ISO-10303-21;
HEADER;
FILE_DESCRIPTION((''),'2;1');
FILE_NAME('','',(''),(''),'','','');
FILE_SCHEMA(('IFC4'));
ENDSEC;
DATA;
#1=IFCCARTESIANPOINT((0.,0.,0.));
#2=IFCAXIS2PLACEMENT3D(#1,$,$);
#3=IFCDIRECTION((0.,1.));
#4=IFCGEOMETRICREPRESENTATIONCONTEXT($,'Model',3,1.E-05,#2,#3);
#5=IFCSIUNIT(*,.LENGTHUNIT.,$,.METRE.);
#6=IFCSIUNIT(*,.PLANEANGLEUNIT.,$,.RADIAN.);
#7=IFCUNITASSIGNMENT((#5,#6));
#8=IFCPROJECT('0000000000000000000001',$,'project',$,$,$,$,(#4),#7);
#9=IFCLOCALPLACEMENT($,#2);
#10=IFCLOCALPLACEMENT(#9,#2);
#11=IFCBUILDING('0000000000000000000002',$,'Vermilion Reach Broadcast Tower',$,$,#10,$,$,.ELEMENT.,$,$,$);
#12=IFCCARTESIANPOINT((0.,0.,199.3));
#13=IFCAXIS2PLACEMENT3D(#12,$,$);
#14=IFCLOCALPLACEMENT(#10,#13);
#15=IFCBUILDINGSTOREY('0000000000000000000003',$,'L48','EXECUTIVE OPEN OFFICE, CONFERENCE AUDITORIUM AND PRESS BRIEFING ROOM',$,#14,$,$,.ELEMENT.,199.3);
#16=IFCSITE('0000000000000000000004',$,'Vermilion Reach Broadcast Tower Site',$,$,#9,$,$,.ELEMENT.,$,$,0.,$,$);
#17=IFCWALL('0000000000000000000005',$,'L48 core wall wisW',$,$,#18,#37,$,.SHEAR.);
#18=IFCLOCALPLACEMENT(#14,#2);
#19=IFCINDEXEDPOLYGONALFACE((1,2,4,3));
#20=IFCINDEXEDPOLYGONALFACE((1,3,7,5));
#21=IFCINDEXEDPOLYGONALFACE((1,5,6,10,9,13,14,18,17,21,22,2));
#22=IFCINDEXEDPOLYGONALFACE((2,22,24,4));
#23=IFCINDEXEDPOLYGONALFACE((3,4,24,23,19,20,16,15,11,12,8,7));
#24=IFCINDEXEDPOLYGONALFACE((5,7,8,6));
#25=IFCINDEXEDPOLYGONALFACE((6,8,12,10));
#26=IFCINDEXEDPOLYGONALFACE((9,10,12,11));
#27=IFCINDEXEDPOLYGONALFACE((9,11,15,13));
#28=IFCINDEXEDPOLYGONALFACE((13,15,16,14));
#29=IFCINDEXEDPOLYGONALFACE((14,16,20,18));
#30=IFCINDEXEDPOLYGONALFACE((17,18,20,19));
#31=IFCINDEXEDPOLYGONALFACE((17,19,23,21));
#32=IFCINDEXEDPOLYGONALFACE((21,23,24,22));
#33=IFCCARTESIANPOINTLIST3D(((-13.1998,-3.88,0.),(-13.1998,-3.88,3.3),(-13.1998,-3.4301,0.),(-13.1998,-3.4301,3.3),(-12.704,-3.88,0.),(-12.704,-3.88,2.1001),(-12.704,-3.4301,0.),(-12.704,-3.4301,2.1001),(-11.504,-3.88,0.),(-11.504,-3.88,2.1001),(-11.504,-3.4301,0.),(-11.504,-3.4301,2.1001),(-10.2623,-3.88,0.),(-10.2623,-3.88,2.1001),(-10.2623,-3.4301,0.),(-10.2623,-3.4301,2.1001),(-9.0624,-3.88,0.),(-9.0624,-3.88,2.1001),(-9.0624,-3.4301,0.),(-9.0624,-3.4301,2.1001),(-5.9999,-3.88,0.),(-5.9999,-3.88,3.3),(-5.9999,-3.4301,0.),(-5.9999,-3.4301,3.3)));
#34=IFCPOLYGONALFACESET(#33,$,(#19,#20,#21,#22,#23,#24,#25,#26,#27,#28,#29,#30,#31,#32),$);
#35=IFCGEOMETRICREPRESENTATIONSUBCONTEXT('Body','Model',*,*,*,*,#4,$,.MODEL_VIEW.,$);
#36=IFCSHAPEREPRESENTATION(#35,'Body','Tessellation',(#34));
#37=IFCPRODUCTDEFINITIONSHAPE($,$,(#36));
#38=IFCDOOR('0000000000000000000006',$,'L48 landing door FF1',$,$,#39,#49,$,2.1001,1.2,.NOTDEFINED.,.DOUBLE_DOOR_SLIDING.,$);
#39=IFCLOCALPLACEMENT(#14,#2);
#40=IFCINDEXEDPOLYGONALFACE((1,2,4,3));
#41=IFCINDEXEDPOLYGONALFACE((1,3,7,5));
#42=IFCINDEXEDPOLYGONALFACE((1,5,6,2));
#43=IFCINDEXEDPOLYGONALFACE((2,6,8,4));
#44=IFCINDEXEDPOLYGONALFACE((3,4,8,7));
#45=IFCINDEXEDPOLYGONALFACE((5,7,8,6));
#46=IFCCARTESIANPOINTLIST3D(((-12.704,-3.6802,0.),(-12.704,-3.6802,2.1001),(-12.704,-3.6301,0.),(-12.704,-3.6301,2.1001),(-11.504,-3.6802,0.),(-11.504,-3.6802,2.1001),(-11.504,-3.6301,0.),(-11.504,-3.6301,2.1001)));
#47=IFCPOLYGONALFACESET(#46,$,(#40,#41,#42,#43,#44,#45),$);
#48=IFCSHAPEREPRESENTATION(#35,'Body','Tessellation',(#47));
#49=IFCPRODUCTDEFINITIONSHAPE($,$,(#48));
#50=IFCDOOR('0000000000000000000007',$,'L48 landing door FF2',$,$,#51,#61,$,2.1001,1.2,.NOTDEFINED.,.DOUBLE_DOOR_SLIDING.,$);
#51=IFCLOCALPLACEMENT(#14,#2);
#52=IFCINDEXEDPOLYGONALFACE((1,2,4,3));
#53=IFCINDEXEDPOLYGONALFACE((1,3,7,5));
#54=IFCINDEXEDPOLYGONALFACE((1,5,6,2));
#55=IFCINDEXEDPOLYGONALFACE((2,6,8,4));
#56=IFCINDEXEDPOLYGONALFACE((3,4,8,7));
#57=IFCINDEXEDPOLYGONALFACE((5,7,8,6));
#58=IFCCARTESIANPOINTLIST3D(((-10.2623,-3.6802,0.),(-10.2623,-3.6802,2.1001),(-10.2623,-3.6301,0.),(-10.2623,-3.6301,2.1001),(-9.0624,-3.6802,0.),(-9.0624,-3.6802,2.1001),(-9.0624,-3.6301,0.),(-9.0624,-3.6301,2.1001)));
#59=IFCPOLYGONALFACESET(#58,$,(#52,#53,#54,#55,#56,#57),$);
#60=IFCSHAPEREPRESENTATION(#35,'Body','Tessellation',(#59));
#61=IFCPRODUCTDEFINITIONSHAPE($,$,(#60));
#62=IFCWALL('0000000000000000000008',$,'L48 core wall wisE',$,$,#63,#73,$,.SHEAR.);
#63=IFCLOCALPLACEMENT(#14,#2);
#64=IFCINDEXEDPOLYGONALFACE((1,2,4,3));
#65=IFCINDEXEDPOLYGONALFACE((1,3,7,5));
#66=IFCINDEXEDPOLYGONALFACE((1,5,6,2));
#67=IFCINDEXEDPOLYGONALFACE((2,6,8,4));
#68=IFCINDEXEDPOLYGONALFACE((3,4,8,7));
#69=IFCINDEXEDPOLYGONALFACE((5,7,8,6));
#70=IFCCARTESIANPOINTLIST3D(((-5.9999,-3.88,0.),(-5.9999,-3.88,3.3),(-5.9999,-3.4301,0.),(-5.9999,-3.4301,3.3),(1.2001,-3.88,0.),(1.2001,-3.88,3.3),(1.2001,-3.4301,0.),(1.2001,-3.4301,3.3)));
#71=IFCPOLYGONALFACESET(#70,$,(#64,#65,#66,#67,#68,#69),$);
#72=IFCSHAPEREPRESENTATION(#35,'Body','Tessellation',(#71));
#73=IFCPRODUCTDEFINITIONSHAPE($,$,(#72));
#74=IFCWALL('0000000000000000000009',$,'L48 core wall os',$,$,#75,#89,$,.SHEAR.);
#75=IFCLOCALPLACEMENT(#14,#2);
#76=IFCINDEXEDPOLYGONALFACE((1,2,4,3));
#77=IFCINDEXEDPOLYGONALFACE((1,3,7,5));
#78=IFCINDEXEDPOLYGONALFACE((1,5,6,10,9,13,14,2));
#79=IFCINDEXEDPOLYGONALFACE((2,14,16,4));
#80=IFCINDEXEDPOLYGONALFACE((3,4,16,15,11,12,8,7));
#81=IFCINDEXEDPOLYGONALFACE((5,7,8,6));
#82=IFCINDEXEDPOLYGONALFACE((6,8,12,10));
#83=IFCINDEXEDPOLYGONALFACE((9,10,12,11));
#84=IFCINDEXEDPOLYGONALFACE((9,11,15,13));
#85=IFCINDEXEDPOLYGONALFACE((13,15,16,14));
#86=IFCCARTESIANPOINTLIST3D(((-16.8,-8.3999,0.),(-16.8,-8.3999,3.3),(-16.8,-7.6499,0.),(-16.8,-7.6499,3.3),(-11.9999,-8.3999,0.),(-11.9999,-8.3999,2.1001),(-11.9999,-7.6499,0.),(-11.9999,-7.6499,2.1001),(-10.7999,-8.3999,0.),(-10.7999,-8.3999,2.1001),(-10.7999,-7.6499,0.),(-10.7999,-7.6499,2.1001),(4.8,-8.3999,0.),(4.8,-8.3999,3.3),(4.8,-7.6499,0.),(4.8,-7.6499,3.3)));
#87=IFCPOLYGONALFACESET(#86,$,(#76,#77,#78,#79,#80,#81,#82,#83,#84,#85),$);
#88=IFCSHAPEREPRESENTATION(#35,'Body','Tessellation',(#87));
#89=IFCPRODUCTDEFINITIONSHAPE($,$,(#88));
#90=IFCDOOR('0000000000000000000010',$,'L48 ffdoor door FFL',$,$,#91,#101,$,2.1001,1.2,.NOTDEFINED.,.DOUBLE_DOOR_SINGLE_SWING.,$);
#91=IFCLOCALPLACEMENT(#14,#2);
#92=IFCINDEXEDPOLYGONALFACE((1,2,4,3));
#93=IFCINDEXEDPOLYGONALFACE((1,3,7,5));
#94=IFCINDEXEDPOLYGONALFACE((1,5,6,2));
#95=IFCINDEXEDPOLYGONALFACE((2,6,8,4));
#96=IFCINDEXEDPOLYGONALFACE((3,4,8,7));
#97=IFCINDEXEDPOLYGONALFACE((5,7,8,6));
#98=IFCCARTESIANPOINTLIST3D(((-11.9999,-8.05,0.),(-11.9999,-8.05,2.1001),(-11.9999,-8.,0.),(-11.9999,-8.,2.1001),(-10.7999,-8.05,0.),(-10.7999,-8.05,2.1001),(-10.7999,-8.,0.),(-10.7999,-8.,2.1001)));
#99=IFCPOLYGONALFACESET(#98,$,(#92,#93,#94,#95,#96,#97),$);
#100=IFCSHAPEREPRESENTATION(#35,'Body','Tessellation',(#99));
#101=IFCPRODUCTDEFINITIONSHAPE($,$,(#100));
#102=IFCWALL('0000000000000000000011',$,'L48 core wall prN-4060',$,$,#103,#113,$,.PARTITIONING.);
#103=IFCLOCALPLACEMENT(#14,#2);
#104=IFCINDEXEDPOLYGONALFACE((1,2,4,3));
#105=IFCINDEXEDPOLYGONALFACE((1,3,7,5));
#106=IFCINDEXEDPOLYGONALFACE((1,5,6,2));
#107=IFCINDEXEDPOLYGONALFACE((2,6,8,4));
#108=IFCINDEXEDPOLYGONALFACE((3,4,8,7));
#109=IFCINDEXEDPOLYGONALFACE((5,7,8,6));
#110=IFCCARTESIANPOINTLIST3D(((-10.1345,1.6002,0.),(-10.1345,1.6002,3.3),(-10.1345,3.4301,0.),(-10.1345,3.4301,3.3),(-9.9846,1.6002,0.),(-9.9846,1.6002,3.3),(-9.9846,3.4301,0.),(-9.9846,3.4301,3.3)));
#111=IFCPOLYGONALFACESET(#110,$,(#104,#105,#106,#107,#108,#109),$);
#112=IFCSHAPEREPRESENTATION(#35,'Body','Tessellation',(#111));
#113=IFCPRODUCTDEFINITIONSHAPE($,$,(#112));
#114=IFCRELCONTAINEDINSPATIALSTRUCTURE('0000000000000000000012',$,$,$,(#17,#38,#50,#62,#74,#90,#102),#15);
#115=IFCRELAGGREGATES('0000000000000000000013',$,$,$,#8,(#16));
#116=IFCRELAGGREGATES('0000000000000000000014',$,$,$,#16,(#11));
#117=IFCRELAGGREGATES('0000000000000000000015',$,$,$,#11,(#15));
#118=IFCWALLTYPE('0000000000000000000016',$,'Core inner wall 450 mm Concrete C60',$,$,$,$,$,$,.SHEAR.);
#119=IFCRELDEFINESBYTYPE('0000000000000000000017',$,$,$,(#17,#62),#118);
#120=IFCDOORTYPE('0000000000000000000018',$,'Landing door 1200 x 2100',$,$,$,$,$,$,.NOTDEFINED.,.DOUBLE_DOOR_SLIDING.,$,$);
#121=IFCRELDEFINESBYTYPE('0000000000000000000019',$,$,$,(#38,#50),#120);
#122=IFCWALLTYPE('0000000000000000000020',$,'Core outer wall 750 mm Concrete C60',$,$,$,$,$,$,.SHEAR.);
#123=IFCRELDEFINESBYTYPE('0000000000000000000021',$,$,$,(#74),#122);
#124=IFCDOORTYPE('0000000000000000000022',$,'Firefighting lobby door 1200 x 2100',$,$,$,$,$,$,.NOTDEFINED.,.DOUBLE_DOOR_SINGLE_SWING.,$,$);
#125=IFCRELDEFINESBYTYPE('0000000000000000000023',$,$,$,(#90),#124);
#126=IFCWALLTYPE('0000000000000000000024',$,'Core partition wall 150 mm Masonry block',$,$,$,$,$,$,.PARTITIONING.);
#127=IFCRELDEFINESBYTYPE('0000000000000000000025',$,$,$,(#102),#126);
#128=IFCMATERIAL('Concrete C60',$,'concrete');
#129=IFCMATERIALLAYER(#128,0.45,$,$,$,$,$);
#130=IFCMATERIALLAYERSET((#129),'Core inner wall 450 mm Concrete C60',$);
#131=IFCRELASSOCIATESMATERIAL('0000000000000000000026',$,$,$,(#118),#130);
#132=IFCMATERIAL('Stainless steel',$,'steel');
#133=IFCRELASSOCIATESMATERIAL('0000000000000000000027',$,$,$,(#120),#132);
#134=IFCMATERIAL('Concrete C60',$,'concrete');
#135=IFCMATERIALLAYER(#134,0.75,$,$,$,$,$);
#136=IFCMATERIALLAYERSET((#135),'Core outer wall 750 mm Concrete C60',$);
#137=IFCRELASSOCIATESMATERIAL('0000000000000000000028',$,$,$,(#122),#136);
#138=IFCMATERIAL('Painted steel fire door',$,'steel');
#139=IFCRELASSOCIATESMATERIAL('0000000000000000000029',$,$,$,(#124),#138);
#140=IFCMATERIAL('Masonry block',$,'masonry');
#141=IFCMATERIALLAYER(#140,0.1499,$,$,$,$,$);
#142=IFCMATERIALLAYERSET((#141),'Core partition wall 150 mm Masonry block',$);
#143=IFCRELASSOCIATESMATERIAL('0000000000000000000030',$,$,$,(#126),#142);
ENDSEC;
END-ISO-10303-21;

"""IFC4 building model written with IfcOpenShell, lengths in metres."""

from ifc_helpers import new_model, si_unit, direction, frame, frame_2d, origin, place, context, subcontext, project, spatial, rectangle, extrude, material, layer, layer_set, type_object, element, fill, save


model = new_model("IFC4")

# Units and contexts
model_context = context("Model", 3, precision=1e-05, world=origin(), true_north=direction((0.0, 1.0)))
body_context = subcontext(model_context, "Body", "Model", "MODEL_VIEW")
ifc_project = project(units=[si_unit("LENGTHUNIT", "METRE"), si_unit("PLANEANGLEUNIT", "RADIAN")], contexts=[model_context])

# Site, building, storey
site_placement = place(None, origin())
site = spatial("IfcSite", under=ifc_project, at=site_placement, Name="Vermilion Reach Broadcast Tower Site", CompositionType="ELEMENT", RefElevation=0.0)
building_placement = place(site_placement, origin())
building = spatial("IfcBuilding", under=site, at=building_placement, Name="Vermilion Reach Broadcast Tower", CompositionType="ELEMENT")
storey_placement = place(building_placement, frame((0.0, 0.0, 199.3)))
storey = spatial("IfcBuildingStorey", under=building, at=storey_placement, Name="L48", Description="EXECUTIVE OPEN OFFICE, CONFERENCE AUDITORIUM AND PRESS BRIEFING ROOM", CompositionType="ELEMENT", Elevation=199.3)

# Wall, openings, doors
ifc_material_1 = material(Name="Concrete C60", Category="concrete")
ifc_layer_1 = layer(ifc_material_1, 0.45)
ifc_layer_set_1 = layer_set([ifc_layer_1], Name="Core inner wall 450 mm Concrete C60")
wall_type_1 = type_object("IfcWallType", Name="Core inner wall 450 mm Concrete C60", PredefinedType="SHEAR", material=ifc_layer_set_1)
wall_1_placement = place(storey_placement, frame((-13.2, -3.655, 0.0), z_axis=(0.0, 0.0, 1.0), x_axis=(1.0, 0.0, 0.0)))
wall_1 = element("IfcWall", 1, at=wall_1_placement, inside=storey, type_object=wall_type_1, Name="L48 core wall wisW", PredefinedType="SHEAR", context=body_context, shape_type="SweptSolid", body=[
    extrude(rectangle(XDim=7.2, YDim=0.45, at=frame_2d((3.6001, 0.0))), origin(), (0.0, 0.0, 1.0), 3.3),
])
opening_1_placement = place(wall_1_placement, frame((0.4958, 0.0, 0.0)))
opening_1 = element("IfcOpeningElement", 2, at=opening_1_placement, cuts=wall_1, PredefinedType="OPENING", context=body_context, shape_type="SweptSolid", body=[
    extrude(rectangle(XDim=1.2, YDim=2.1001, at=frame_2d((0.6001, 1.05))), frame((0.0, 0.2349, 0.0), z_axis=(0.0, -1.0, 0.0), x_axis=(1.0, 0.0, 0.0)), (0.0, 0.0, 1.0), 0.47),
])
opening_2_placement = place(wall_1_placement, frame((2.9375, 0.0, 0.0)))
opening_2 = element("IfcOpeningElement", 3, at=opening_2_placement, cuts=wall_1, PredefinedType="OPENING", context=body_context, shape_type="SweptSolid", body=[
    extrude(rectangle(XDim=1.2, YDim=2.1001, at=frame_2d((0.6001, 1.05))), frame((0.0, 0.2349, 0.0), z_axis=(0.0, -1.0, 0.0), x_axis=(1.0, 0.0, 0.0)), (0.0, 0.0, 1.0), 0.47),
])
ifc_material_2 = material(Name="Stainless steel", Category="steel")
door_type_1 = type_object("IfcDoorType", Name="Landing door 1200 x 2100", OperationType="DOUBLE_DOOR_SLIDING", PredefinedType="NOTDEFINED", material=ifc_material_2)
door_1_placement = place(opening_1_placement, origin())
door_1 = element("IfcDoor", 4, at=door_1_placement, inside=storey, type_object=door_type_1, Name="L48 landing door FF1", OperationType="DOUBLE_DOOR_SLIDING", OverallHeight=2.1001, OverallWidth=1.2, PredefinedType="NOTDEFINED", context=body_context, shape_type="SweptSolid", body=[
    extrude(rectangle(XDim=1.2, YDim=2.1001, at=frame_2d((0.6001, 1.05))), frame((0.0, 0.0249, 0.0), z_axis=(0.0, -1.0, 0.0), x_axis=(1.0, 0.0, 0.0)), (0.0, 0.0, 1.0), 0.05),
])
fill(opening_1, door_1)
door_2_placement = place(opening_2_placement, origin())
door_2 = element("IfcDoor", 5, at=door_2_placement, inside=storey, type_object=door_type_1, Name="L48 landing door FF2", OperationType="DOUBLE_DOOR_SLIDING", OverallHeight=2.1001, OverallWidth=1.2, PredefinedType="NOTDEFINED", context=body_context, shape_type="SweptSolid", body=[
    extrude(rectangle(XDim=1.2, YDim=2.1001, at=frame_2d((0.6001, 1.05))), frame((0.0, 0.0249, 0.0), z_axis=(0.0, -1.0, 0.0), x_axis=(1.0, 0.0, 0.0)), (0.0, 0.0, 1.0), 0.05),
])
fill(opening_2, door_2)

# Wall
wall_2_placement = place(storey_placement, frame((-6.0, -3.655, 0.0), z_axis=(0.0, 0.0, 1.0), x_axis=(1.0, 0.0, 0.0)))
element("IfcWall", 6, at=wall_2_placement, inside=storey, type_object=wall_type_1, Name="L48 core wall wisE", PredefinedType="SHEAR", context=body_context, shape_type="SweptSolid", body=[
    extrude(rectangle(XDim=7.2, YDim=0.45, at=frame_2d((3.6001, 0.0))), origin(), (0.0, 0.0, 1.0), 3.3),
])

# Wall, opening, door
ifc_material_3 = material(Name="Concrete C60", Category="concrete")
ifc_layer_2 = layer(ifc_material_3, 0.75)
ifc_layer_set_2 = layer_set([ifc_layer_2], Name="Core outer wall 750 mm Concrete C60")
wall_type_2 = type_object("IfcWallType", Name="Core outer wall 750 mm Concrete C60", PredefinedType="SHEAR", material=ifc_layer_set_2)
wall_3_placement = place(storey_placement, frame((-16.8, -8.0249, 0.0), z_axis=(0.0, 0.0, 1.0), x_axis=(1.0, 0.0, 0.0)))
wall_3 = element("IfcWall", 7, at=wall_3_placement, inside=storey, type_object=wall_type_2, Name="L48 core wall os", PredefinedType="SHEAR", context=body_context, shape_type="SweptSolid", body=[
    extrude(rectangle(XDim=21.6001, YDim=0.75, at=frame_2d((10.8, 0.0))), origin(), (0.0, 0.0, 1.0), 3.3),
])
opening_3_placement = place(wall_3_placement, frame((4.8, 0.0, 0.0)))
opening_3 = element("IfcOpeningElement", 8, at=opening_3_placement, cuts=wall_3, PredefinedType="OPENING", context=body_context, shape_type="SweptSolid", body=[
    extrude(rectangle(XDim=1.2, YDim=2.1001, at=frame_2d((0.6001, 1.05))), frame((0.0, 0.385, 0.0), z_axis=(0.0, -1.0, 0.0), x_axis=(1.0, 0.0, 0.0)), (0.0, 0.0, 1.0), 0.77),
])
ifc_material_4 = material(Name="Painted steel fire door", Category="steel")
door_type_2 = type_object("IfcDoorType", Name="Firefighting lobby door 1200 x 2100", OperationType="DOUBLE_DOOR_SINGLE_SWING", PredefinedType="NOTDEFINED", material=ifc_material_4)
door_3_placement = place(opening_3_placement, origin())
door_3 = element("IfcDoor", 9, at=door_3_placement, inside=storey, type_object=door_type_2, Name="L48 ffdoor door FFL", OperationType="DOUBLE_DOOR_SINGLE_SWING", OverallHeight=2.1001, OverallWidth=1.2, PredefinedType="NOTDEFINED", context=body_context, shape_type="SweptSolid", body=[
    extrude(rectangle(XDim=1.2, YDim=2.1001, at=frame_2d((0.6001, 1.05))), frame((0.0, 0.0249, 0.0), z_axis=(0.0, -1.0, 0.0), x_axis=(1.0, 0.0, 0.0)), (0.0, 0.0, 1.0), 0.05),
])
fill(opening_3, door_3)

# Wall
ifc_material_5 = material(Name="Masonry block", Category="masonry")
ifc_layer_3 = layer(ifc_material_5, 0.1499)
ifc_layer_set_3 = layer_set([ifc_layer_3], Name="Core partition wall 150 mm Masonry block")
wall_type_3 = type_object("IfcWallType", Name="Core partition wall 150 mm Masonry block", PredefinedType="PARTITIONING", material=ifc_layer_set_3)
wall_4_placement = place(storey_placement, frame((-10.0596, 1.6001, 0.0), z_axis=(0.0, 0.0, 1.0), x_axis=(0.0, 1.0, 0.0)))
element("IfcWall", 10, at=wall_4_placement, inside=storey, type_object=wall_type_3, Name="L48 core wall prN-4060", PredefinedType="PARTITIONING", context=body_context, shape_type="SweptSolid", body=[
    extrude(rectangle(XDim=1.8298, YDim=0.1499, at=frame_2d((0.915, 0.0))), origin(), (0.0, 0.0, 1.0), 3.3),
])

save(model, "model.ifc")
